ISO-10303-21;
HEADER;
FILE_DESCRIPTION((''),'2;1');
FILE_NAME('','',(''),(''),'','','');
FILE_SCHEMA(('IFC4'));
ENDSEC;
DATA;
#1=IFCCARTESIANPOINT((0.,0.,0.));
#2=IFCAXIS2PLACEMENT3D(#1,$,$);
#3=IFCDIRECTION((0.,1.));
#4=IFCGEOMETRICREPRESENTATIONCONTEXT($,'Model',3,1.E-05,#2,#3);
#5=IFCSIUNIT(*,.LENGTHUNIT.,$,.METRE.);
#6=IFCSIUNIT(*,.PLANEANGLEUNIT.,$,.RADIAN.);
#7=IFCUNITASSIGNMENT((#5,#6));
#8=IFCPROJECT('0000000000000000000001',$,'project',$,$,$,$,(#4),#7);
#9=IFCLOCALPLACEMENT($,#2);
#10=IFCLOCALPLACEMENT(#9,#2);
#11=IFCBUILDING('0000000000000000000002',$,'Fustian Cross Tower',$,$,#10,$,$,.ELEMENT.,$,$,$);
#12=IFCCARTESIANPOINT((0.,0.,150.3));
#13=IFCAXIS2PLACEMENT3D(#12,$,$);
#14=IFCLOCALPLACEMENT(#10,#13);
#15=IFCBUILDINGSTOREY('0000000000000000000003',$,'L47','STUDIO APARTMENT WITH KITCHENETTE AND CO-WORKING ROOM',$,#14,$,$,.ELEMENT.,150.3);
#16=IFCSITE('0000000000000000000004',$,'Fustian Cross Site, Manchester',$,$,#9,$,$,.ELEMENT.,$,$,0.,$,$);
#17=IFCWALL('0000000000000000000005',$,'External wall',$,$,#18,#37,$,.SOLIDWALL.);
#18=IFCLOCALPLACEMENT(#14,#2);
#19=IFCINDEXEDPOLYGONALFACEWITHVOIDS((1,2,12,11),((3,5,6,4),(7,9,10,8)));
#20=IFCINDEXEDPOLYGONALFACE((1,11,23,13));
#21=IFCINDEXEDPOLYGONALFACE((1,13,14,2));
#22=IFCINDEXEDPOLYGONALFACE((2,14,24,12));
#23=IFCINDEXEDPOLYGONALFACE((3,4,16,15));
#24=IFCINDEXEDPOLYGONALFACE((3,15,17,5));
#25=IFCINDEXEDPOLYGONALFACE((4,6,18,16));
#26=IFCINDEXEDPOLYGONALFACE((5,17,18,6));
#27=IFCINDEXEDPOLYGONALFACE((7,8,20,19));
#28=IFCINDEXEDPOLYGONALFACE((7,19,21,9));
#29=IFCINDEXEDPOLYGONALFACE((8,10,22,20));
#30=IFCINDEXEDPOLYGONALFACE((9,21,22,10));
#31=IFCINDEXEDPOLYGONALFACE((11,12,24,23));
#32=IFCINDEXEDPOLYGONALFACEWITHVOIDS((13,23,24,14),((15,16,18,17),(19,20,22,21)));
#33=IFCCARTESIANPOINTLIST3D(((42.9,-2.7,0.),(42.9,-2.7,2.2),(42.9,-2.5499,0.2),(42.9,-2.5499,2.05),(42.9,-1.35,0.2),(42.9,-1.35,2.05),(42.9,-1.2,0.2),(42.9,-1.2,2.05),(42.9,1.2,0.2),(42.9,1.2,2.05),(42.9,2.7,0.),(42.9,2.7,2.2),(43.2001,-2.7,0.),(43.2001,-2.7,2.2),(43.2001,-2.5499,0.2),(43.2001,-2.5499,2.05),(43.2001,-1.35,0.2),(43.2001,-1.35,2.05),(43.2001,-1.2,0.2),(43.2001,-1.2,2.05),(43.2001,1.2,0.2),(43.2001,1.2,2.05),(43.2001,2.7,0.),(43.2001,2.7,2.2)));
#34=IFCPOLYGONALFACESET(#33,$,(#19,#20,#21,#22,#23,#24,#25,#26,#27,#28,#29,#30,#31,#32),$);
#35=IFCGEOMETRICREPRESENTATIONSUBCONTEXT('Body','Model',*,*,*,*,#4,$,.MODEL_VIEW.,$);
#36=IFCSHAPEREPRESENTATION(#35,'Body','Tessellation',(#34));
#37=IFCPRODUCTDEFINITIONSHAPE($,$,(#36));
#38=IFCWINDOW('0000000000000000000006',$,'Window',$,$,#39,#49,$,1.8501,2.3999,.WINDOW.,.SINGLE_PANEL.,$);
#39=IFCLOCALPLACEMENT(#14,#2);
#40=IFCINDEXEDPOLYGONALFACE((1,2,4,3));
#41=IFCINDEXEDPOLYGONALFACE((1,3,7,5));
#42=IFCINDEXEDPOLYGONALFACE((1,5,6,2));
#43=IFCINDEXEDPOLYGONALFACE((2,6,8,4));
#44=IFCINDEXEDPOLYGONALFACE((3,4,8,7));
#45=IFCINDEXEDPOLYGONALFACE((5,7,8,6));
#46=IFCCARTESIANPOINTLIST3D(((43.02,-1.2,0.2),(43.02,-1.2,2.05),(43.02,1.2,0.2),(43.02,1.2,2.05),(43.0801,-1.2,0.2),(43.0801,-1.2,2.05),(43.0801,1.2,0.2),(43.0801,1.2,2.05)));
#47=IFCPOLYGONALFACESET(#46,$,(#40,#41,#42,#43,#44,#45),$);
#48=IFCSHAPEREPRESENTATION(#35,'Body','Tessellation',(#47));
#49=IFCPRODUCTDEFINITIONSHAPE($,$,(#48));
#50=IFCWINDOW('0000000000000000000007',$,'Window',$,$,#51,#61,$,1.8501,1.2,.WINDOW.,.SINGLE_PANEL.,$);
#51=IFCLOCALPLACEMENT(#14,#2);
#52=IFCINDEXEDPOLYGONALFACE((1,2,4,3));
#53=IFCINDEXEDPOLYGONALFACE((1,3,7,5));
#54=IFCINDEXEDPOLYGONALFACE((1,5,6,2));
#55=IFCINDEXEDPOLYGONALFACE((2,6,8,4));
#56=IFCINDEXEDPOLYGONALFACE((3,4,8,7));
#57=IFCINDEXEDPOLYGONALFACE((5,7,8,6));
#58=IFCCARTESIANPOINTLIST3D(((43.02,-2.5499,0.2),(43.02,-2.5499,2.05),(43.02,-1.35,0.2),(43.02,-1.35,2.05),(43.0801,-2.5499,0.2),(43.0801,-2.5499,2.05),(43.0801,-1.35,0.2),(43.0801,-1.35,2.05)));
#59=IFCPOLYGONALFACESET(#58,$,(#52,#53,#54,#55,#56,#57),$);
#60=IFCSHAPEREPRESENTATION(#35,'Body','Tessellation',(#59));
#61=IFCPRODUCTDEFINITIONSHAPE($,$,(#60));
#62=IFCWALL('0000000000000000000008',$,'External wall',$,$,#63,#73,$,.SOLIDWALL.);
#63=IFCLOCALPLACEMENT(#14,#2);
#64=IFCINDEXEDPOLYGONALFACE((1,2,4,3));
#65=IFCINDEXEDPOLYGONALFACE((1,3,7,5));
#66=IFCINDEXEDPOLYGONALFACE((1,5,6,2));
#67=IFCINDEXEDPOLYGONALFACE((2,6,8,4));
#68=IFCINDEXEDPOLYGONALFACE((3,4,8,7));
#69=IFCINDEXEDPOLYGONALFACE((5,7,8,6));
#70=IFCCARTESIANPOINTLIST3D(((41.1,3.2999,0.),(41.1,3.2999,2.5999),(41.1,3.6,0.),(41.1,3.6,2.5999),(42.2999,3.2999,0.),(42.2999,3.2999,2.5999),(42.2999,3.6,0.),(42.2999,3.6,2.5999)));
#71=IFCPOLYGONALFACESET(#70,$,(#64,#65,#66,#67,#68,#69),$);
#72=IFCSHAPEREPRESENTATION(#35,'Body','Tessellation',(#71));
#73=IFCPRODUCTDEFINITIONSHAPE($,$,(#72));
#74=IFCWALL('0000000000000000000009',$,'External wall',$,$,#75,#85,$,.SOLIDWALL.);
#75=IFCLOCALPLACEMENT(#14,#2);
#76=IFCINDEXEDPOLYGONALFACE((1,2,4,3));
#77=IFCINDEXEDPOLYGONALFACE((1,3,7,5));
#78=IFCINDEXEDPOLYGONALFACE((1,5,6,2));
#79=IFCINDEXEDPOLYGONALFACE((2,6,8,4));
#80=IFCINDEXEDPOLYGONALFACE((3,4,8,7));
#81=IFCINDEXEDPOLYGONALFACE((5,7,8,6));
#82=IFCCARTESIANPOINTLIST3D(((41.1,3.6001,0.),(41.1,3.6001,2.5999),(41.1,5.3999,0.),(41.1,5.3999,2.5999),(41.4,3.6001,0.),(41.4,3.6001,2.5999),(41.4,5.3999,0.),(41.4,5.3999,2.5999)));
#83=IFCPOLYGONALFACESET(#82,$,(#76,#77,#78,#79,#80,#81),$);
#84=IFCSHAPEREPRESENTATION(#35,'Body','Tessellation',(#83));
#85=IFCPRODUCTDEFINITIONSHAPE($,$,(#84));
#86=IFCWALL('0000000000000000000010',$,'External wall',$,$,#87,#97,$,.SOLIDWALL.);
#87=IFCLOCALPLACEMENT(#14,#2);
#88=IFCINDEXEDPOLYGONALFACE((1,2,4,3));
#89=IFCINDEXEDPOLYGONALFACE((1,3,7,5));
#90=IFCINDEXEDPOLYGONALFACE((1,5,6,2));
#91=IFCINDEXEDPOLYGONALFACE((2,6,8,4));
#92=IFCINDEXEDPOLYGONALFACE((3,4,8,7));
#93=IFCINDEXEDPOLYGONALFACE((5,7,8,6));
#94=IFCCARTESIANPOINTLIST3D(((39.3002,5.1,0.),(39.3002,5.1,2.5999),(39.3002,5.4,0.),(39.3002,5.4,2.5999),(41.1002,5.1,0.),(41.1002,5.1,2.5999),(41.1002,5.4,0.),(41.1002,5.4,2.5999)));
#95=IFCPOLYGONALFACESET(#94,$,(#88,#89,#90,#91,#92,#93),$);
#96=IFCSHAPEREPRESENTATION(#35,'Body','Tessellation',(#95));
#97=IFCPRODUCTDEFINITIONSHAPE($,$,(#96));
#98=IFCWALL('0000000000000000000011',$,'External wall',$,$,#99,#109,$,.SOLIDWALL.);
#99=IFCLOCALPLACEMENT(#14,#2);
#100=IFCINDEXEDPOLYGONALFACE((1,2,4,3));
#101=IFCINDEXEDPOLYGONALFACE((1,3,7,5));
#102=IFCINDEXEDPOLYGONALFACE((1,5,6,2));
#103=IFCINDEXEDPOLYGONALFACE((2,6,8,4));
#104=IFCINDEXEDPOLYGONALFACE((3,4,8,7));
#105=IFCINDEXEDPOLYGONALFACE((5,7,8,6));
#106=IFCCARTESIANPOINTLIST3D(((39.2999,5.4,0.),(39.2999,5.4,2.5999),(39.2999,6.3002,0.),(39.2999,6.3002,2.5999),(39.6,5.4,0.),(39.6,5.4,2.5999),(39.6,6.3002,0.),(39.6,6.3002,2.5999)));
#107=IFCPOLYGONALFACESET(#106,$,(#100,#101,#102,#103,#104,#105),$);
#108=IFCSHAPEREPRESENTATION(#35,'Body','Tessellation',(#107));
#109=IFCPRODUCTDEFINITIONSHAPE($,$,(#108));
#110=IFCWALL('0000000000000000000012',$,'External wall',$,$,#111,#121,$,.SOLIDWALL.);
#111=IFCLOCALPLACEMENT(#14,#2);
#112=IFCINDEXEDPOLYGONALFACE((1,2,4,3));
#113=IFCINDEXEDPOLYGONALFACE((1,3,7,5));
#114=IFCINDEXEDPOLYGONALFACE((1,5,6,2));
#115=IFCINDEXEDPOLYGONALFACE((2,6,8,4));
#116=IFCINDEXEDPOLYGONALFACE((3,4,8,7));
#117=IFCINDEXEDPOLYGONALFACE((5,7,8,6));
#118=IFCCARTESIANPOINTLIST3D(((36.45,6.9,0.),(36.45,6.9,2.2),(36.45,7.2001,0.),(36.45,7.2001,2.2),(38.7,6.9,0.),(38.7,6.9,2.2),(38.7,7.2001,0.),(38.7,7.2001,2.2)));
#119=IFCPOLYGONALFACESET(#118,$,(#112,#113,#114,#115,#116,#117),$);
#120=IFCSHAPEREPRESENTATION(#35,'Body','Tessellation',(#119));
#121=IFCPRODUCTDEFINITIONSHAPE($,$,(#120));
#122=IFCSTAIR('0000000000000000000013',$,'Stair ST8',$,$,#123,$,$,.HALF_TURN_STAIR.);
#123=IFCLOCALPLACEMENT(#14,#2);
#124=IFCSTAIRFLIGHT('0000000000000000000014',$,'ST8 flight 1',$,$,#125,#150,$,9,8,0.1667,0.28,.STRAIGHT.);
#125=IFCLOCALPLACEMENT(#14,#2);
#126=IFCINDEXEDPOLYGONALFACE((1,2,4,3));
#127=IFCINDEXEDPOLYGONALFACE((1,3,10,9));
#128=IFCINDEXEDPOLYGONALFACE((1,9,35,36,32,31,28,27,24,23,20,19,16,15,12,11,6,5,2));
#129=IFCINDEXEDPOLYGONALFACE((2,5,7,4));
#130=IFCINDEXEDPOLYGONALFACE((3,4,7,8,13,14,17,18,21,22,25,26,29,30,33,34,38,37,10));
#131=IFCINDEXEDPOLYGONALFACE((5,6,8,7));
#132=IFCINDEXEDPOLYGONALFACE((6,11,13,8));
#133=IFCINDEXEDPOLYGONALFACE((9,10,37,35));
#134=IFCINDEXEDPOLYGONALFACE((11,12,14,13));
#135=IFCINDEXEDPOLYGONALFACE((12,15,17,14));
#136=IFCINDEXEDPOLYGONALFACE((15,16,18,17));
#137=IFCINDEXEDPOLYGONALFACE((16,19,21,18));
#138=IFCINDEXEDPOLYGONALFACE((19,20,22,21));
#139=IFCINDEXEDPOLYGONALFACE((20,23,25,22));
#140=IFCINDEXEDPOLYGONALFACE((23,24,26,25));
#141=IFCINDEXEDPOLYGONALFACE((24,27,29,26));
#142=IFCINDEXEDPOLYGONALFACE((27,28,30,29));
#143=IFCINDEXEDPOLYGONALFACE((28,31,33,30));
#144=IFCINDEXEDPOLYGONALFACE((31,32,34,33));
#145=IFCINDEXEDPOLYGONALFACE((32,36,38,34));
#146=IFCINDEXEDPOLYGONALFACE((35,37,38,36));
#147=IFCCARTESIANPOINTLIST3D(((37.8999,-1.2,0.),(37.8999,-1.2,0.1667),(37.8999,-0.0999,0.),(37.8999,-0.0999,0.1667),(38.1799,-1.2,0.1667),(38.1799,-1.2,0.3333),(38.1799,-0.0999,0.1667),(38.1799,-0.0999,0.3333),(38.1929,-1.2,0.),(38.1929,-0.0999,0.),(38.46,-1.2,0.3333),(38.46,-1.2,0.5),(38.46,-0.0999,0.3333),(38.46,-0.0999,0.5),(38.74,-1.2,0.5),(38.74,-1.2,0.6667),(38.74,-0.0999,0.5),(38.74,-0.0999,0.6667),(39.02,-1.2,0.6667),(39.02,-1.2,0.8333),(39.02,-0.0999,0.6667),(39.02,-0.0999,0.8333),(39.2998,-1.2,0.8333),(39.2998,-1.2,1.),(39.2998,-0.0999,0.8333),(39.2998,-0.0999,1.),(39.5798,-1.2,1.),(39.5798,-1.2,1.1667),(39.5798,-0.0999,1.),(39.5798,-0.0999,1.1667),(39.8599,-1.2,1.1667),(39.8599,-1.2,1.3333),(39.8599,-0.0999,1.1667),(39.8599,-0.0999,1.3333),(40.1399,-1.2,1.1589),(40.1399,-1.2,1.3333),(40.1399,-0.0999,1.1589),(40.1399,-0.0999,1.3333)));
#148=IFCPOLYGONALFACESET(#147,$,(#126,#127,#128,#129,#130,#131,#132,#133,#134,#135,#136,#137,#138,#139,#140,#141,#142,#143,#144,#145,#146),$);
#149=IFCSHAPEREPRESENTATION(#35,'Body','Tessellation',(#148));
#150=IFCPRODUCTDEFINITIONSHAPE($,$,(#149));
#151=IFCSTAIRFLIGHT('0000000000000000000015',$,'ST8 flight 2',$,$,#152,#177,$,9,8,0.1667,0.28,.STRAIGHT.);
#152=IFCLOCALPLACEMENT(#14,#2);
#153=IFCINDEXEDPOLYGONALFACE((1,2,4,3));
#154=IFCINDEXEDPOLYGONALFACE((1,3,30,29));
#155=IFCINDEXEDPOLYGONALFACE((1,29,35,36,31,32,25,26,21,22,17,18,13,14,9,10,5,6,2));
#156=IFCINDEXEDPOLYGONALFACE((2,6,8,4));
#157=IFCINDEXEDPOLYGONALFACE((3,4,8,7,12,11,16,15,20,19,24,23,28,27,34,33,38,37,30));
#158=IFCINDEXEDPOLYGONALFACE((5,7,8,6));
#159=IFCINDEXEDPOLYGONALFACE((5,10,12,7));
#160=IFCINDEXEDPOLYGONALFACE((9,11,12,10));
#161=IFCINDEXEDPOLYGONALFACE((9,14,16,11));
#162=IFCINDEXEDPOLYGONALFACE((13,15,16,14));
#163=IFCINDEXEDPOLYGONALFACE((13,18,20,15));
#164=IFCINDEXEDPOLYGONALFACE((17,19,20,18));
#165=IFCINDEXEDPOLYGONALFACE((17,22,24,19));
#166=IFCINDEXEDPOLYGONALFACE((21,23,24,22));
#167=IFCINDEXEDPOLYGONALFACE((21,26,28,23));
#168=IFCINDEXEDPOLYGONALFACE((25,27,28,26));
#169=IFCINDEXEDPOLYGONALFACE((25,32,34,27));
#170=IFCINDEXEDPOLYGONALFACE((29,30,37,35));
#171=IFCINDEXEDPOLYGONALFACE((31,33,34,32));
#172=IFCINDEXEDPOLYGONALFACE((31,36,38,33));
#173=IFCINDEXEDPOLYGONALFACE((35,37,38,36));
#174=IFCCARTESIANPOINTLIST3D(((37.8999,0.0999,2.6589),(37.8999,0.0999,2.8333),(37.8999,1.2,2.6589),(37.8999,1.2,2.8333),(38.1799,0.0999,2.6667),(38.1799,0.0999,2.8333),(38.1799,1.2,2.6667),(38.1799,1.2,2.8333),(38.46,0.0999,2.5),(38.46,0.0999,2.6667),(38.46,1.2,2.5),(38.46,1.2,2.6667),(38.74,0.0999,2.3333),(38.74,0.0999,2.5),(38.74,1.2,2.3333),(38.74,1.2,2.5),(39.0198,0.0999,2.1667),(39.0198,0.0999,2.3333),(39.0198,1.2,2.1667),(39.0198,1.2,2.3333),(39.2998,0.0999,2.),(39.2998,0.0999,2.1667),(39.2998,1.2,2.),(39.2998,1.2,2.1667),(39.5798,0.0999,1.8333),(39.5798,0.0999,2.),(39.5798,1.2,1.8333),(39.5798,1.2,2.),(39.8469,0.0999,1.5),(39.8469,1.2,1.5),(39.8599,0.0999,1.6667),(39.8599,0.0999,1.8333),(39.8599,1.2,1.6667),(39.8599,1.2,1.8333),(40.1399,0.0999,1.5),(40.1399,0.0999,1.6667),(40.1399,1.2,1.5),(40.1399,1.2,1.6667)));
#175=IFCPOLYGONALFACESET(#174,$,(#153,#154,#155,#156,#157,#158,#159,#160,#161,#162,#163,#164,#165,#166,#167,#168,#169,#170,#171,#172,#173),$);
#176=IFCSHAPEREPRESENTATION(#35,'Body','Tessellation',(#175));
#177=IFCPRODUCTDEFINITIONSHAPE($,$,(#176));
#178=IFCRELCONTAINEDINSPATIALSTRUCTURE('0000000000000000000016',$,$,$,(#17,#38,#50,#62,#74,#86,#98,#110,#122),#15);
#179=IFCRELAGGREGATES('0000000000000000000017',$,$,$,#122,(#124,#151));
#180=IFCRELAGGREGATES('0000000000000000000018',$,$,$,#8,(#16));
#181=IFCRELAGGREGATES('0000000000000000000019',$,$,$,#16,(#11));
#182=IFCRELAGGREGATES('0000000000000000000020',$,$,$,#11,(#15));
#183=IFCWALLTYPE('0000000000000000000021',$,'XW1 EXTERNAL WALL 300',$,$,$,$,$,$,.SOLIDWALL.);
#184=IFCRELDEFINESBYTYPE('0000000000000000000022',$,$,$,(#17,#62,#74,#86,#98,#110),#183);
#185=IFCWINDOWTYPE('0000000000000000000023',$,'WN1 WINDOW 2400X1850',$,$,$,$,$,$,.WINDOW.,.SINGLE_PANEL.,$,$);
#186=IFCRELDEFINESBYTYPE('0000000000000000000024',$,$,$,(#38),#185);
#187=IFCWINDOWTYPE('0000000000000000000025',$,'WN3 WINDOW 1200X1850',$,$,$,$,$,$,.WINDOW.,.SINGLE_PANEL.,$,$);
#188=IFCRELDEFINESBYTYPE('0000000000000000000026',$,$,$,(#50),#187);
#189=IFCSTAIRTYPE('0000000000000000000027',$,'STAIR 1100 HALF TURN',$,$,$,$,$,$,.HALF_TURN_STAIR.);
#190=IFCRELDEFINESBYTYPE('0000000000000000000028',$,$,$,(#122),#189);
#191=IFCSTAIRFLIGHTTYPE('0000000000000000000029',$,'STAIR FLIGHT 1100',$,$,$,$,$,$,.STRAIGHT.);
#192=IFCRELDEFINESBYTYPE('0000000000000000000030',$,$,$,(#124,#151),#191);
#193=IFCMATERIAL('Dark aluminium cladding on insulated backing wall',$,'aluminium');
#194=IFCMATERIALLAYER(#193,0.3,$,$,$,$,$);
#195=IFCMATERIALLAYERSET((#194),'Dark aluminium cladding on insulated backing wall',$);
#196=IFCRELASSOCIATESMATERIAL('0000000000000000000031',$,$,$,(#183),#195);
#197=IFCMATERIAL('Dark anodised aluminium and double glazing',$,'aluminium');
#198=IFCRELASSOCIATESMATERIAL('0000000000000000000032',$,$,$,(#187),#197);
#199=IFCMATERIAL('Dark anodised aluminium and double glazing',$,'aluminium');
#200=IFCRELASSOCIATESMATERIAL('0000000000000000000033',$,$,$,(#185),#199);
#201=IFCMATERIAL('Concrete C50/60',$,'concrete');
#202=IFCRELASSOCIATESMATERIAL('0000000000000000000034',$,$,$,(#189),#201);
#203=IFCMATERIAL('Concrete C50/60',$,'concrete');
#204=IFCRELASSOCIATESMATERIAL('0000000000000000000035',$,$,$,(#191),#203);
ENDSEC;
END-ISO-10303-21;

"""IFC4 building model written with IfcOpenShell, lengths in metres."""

from ifc_helpers import new_model, si_unit, direction, frame, frame_2d, origin, place, context, subcontext, project, spatial, polyline, rectangle, outline, extrude, material, layer, layer_set, type_object, element, fill, aggregate, save


model = new_model("IFC4")

# Units and contexts
model_context = context("Model", 3, precision=1e-05, world=origin(), true_north=direction((0.0, 1.0)))
body_context = subcontext(model_context, "Body", "Model", "MODEL_VIEW")
ifc_project = project(units=[si_unit("LENGTHUNIT", "METRE"), si_unit("PLANEANGLEUNIT", "RADIAN")], contexts=[model_context])

# Site, building, storey
site_placement = place(None, origin())
site = spatial("IfcSite", under=ifc_project, at=site_placement, Name="Fustian Cross Site, Manchester", CompositionType="ELEMENT", RefElevation=0.0)
building_placement = place(site_placement, origin())
building = spatial("IfcBuilding", under=site, at=building_placement, Name="Fustian Cross Tower", CompositionType="ELEMENT")
storey_placement = place(building_placement, frame((0.0, 0.0, 150.3)))
storey = spatial("IfcBuildingStorey", under=building, at=storey_placement, Name="L47", Description="STUDIO APARTMENT WITH KITCHENETTE AND CO-WORKING ROOM", CompositionType="ELEMENT", Elevation=150.3)

# Shared definitions
ifc_material_1 = material(Name="Dark aluminium cladding on insulated backing wall", Category="aluminium")
ifc_layer_1 = layer(ifc_material_1, 0.3)
ifc_layer_set_1 = layer_set([ifc_layer_1], Name="Dark aluminium cladding on insulated backing wall")
wall_type_1 = type_object("IfcWallType", Name="XW1 EXTERNAL WALL 300", PredefinedType="SOLIDWALL", material=ifc_layer_set_1)

# Shared definitions
ifc_material_2 = material(Name="Dark anodised aluminium and double glazing", Category="aluminium")
window_type_1 = type_object("IfcWindowType", Name="WN3 WINDOW 1200X1850", PartitioningType="SINGLE_PANEL", PredefinedType="WINDOW", material=ifc_material_2)

# Wall, openings, windows
wall_1_placement = place(storey_placement, frame((43.05, -2.7, 0.0), z_axis=(0.0, 0.0, 1.0), x_axis=(0.0, 1.0, 0.0)))
wall_1 = element("IfcWall", 1, at=wall_1_placement, inside=storey, type_object=wall_type_1, Name="External wall", PredefinedType="SOLIDWALL", context=body_context, shape_type="SweptSolid", body=[
    extrude(rectangle(XDim=5.3999, YDim=0.3, at=frame_2d((2.7, 0.0))), origin(), (0.0, 0.0, 1.0), 2.2),
])
opening_1_placement = place(wall_1_placement, frame((1.5, 0.0, 0.2)))
opening_1 = element("IfcOpeningElement", 2, at=opening_1_placement, cuts=wall_1, PredefinedType="OPENING", context=body_context, shape_type="SweptSolid", body=[
    extrude(rectangle(XDim=2.3999, YDim=1.8501, at=frame_2d((1.2, 0.925))), frame((0.0, 0.1599, 0.0), z_axis=(0.0, -1.0, 0.0), x_axis=(1.0, 0.0, 0.0)), (0.0, 0.0, 1.0), 0.3201),
])
opening_2_placement = place(wall_1_placement, frame((0.1499, 0.0, 0.2)))
opening_2 = element("IfcOpeningElement", 3, at=opening_2_placement, cuts=wall_1, PredefinedType="OPENING", context=body_context, shape_type="SweptSolid", body=[
    extrude(rectangle(XDim=1.2, YDim=1.8501, at=frame_2d((0.6001, 0.925))), frame((0.0, 0.1599, 0.0), z_axis=(0.0, -1.0, 0.0), x_axis=(1.0, 0.0, 0.0)), (0.0, 0.0, 1.0), 0.3201),
])
ifc_material_3 = material(Name="Dark anodised aluminium and double glazing", Category="aluminium")
window_type_2 = type_object("IfcWindowType", Name="WN1 WINDOW 2400X1850", PartitioningType="SINGLE_PANEL", PredefinedType="WINDOW", material=ifc_material_3)
window_1_placement = place(opening_1_placement, origin())
window_1 = element("IfcWindow", 4, at=window_1_placement, inside=storey, type_object=window_type_2, Name="Window", OverallHeight=1.8501, OverallWidth=2.3999, PartitioningType="SINGLE_PANEL", PredefinedType="WINDOW", context=body_context, shape_type="SweptSolid", body=[
    extrude(rectangle(XDim=2.3999, YDim=1.8501, at=frame_2d((1.2, 0.925))), frame((0.0, 0.03, 0.0), z_axis=(0.0, -1.0, 0.0), x_axis=(1.0, 0.0, 0.0)), (0.0, 0.0, 1.0), 0.0601),
])
fill(opening_1, window_1)
window_2_placement = place(opening_2_placement, origin())
window_2 = element("IfcWindow", 5, at=window_2_placement, inside=storey, type_object=window_type_1, Name="Window", OverallHeight=1.8501, OverallWidth=1.2, PartitioningType="SINGLE_PANEL", PredefinedType="WINDOW", context=body_context, shape_type="SweptSolid", body=[
    extrude(rectangle(XDim=1.2, YDim=1.8501, at=frame_2d((0.6001, 0.925))), frame((0.0, 0.03, 0.0), z_axis=(0.0, -1.0, 0.0), x_axis=(1.0, 0.0, 0.0)), (0.0, 0.0, 1.0), 0.0601),
])
fill(opening_2, window_2)

# Walls
wall_2_placement = place(storey_placement, frame((42.3, 3.45, 0.0), z_axis=(0.0, 0.0, 1.0), x_axis=(-1.0, 0.0, 0.0)))
element("IfcWall", 6, at=wall_2_placement, inside=storey, type_object=wall_type_1, Name="External wall", PredefinedType="SOLIDWALL", context=body_context, shape_type="SweptSolid", body=[
    extrude(rectangle(XDim=1.2, YDim=0.3, at=frame_2d((0.6001, 0.0))), origin(), (0.0, 0.0, 1.0), 2.5999),
])
wall_3_placement = place(storey_placement, frame((41.25, 3.6001, 0.0), z_axis=(0.0, 0.0, 1.0), x_axis=(0.0, 1.0, 0.0)))
element("IfcWall", 7, at=wall_3_placement, inside=storey, type_object=wall_type_1, Name="External wall", PredefinedType="SOLIDWALL", context=body_context, shape_type="SweptSolid", body=[
    extrude(rectangle(XDim=1.7998, YDim=0.3, at=frame_2d((0.8999, 0.0))), origin(), (0.0, 0.0, 1.0), 2.5999),
])
wall_4_placement = place(storey_placement, frame((41.1001, 5.25, 0.0), z_axis=(0.0, 0.0, 1.0), x_axis=(-1.0, 0.0, 0.0)))
element("IfcWall", 8, at=wall_4_placement, inside=storey, type_object=wall_type_1, Name="External wall", PredefinedType="SOLIDWALL", context=body_context, shape_type="SweptSolid", body=[
    extrude(rectangle(XDim=1.8, YDim=0.3, at=frame_2d((0.8999, 0.0))), origin(), (0.0, 0.0, 1.0), 2.5999),
])
wall_5_placement = place(storey_placement, frame((39.45, 5.3999, 0.0), z_axis=(0.0, 0.0, 1.0), x_axis=(0.0, 1.0, 0.0)))
element("IfcWall", 9, at=wall_5_placement, inside=storey, type_object=wall_type_1, Name="External wall", PredefinedType="SOLIDWALL", context=body_context, shape_type="SweptSolid", body=[
    extrude(rectangle(XDim=0.9001, YDim=0.3, at=frame_2d((0.4502, 0.0))), origin(), (0.0, 0.0, 1.0), 2.5999),
])
wall_6_placement = place(storey_placement, frame((38.7, 7.05, 0.0), z_axis=(0.0, 0.0, 1.0), x_axis=(-1.0, 0.0, 0.0)))
element("IfcWall", 10, at=wall_6_placement, inside=storey, type_object=wall_type_1, Name="External wall", PredefinedType="SOLIDWALL", context=body_context, shape_type="SweptSolid", body=[
    extrude(rectangle(XDim=2.25, YDim=0.3, at=frame_2d((1.125, 0.0))), origin(), (0.0, 0.0, 1.0), 2.2),
])

# Stair, stair flights
ifc_material_4 = material(Name="Concrete C50/60", Category="concrete")
stair_type = type_object("IfcStairType", Name="STAIR 1100 HALF TURN", PredefinedType="HALF_TURN_STAIR", material=ifc_material_4)
stair_placement = place(storey_placement, origin())
stair = element("IfcStair", 11, at=stair_placement, inside=storey, type_object=stair_type, Name="Stair ST8", PredefinedType="HALF_TURN_STAIR")
ifc_material_5 = material(Name="Concrete C50/60", Category="concrete")
stair_flight_type = type_object("IfcStairFlightType", Name="STAIR FLIGHT 1100", PredefinedType="STRAIGHT", material=ifc_material_5)
stair_flight_1_placement = place(storey_placement, frame((37.8999, -0.6499, 0.0), z_axis=(0.0, 0.0, 1.0), x_axis=(1.0, 0.0, 0.0)))
stair_flight_1 = element("IfcStairFlight", 12, at=stair_flight_1_placement, type_object=stair_flight_type, Name="ST8 flight 1", NumberOfRisers=9, NumberOfTreads=8, PredefinedType="STRAIGHT", RiserHeight=0.1667, TreadLength=0.28, context=body_context, shape_type="SweptSolid", body=[
    extrude(outline(polyline([(0.0, 0.0), (0.0, 0.1667), (0.28, 0.1667), (0.28, 0.3333), (0.5601, 0.3333), (0.5601, 0.5), (0.8401, 0.5), (0.8401, 0.6667), (1.1201, 0.6667), (1.1201, 0.8333), (1.3999, 0.8333), (1.3999, 1.0), (1.6799, 1.0), (1.6799, 1.1667), (1.96, 1.1667), (1.96, 1.3333), (2.24, 1.3333), (2.24, 1.5), (2.24, 1.1589), (0.293, 0.0), (0.0, 0.0)])), frame((0.0, 0.55, 0.0), z_axis=(0.0, -1.0, 0.0), x_axis=(1.0, 0.0, 0.0)), (0.0, 0.0, 1.0), 1.1001),
])
stair_flight_2_placement = place(storey_placement, frame((40.1399, 0.6499, 1.5), z_axis=(0.0, 0.0, 1.0), x_axis=(-1.0, 0.0, 0.0)))
stair_flight_2 = element("IfcStairFlight", 13, at=stair_flight_2_placement, type_object=stair_flight_type, Name="ST8 flight 2", NumberOfRisers=9, NumberOfTreads=8, PredefinedType="STRAIGHT", RiserHeight=0.1667, TreadLength=0.28, context=body_context, shape_type="SweptSolid", body=[
    extrude(outline(polyline([(0.0, 0.0), (0.0, 0.1667), (0.28, 0.1667), (0.28, 0.3333), (0.5601, 0.3333), (0.5601, 0.5), (0.8401, 0.5), (0.8401, 0.6667), (1.1201, 0.6667), (1.1201, 0.8333), (1.3999, 0.8333), (1.3999, 1.0), (1.6799, 1.0), (1.6799, 1.1667), (1.96, 1.1667), (1.96, 1.3333), (2.24, 1.3333), (2.24, 1.5), (2.24, 1.1589), (0.293, 0.0), (0.0, 0.0)])), frame((0.0, 0.55, 0.0), z_axis=(0.0, -1.0, 0.0), x_axis=(1.0, 0.0, 0.0)), (0.0, 0.0, 1.0), 1.1001),
])
aggregate(stair, [stair_flight_1, stair_flight_2])

save(model, "model.ifc")
